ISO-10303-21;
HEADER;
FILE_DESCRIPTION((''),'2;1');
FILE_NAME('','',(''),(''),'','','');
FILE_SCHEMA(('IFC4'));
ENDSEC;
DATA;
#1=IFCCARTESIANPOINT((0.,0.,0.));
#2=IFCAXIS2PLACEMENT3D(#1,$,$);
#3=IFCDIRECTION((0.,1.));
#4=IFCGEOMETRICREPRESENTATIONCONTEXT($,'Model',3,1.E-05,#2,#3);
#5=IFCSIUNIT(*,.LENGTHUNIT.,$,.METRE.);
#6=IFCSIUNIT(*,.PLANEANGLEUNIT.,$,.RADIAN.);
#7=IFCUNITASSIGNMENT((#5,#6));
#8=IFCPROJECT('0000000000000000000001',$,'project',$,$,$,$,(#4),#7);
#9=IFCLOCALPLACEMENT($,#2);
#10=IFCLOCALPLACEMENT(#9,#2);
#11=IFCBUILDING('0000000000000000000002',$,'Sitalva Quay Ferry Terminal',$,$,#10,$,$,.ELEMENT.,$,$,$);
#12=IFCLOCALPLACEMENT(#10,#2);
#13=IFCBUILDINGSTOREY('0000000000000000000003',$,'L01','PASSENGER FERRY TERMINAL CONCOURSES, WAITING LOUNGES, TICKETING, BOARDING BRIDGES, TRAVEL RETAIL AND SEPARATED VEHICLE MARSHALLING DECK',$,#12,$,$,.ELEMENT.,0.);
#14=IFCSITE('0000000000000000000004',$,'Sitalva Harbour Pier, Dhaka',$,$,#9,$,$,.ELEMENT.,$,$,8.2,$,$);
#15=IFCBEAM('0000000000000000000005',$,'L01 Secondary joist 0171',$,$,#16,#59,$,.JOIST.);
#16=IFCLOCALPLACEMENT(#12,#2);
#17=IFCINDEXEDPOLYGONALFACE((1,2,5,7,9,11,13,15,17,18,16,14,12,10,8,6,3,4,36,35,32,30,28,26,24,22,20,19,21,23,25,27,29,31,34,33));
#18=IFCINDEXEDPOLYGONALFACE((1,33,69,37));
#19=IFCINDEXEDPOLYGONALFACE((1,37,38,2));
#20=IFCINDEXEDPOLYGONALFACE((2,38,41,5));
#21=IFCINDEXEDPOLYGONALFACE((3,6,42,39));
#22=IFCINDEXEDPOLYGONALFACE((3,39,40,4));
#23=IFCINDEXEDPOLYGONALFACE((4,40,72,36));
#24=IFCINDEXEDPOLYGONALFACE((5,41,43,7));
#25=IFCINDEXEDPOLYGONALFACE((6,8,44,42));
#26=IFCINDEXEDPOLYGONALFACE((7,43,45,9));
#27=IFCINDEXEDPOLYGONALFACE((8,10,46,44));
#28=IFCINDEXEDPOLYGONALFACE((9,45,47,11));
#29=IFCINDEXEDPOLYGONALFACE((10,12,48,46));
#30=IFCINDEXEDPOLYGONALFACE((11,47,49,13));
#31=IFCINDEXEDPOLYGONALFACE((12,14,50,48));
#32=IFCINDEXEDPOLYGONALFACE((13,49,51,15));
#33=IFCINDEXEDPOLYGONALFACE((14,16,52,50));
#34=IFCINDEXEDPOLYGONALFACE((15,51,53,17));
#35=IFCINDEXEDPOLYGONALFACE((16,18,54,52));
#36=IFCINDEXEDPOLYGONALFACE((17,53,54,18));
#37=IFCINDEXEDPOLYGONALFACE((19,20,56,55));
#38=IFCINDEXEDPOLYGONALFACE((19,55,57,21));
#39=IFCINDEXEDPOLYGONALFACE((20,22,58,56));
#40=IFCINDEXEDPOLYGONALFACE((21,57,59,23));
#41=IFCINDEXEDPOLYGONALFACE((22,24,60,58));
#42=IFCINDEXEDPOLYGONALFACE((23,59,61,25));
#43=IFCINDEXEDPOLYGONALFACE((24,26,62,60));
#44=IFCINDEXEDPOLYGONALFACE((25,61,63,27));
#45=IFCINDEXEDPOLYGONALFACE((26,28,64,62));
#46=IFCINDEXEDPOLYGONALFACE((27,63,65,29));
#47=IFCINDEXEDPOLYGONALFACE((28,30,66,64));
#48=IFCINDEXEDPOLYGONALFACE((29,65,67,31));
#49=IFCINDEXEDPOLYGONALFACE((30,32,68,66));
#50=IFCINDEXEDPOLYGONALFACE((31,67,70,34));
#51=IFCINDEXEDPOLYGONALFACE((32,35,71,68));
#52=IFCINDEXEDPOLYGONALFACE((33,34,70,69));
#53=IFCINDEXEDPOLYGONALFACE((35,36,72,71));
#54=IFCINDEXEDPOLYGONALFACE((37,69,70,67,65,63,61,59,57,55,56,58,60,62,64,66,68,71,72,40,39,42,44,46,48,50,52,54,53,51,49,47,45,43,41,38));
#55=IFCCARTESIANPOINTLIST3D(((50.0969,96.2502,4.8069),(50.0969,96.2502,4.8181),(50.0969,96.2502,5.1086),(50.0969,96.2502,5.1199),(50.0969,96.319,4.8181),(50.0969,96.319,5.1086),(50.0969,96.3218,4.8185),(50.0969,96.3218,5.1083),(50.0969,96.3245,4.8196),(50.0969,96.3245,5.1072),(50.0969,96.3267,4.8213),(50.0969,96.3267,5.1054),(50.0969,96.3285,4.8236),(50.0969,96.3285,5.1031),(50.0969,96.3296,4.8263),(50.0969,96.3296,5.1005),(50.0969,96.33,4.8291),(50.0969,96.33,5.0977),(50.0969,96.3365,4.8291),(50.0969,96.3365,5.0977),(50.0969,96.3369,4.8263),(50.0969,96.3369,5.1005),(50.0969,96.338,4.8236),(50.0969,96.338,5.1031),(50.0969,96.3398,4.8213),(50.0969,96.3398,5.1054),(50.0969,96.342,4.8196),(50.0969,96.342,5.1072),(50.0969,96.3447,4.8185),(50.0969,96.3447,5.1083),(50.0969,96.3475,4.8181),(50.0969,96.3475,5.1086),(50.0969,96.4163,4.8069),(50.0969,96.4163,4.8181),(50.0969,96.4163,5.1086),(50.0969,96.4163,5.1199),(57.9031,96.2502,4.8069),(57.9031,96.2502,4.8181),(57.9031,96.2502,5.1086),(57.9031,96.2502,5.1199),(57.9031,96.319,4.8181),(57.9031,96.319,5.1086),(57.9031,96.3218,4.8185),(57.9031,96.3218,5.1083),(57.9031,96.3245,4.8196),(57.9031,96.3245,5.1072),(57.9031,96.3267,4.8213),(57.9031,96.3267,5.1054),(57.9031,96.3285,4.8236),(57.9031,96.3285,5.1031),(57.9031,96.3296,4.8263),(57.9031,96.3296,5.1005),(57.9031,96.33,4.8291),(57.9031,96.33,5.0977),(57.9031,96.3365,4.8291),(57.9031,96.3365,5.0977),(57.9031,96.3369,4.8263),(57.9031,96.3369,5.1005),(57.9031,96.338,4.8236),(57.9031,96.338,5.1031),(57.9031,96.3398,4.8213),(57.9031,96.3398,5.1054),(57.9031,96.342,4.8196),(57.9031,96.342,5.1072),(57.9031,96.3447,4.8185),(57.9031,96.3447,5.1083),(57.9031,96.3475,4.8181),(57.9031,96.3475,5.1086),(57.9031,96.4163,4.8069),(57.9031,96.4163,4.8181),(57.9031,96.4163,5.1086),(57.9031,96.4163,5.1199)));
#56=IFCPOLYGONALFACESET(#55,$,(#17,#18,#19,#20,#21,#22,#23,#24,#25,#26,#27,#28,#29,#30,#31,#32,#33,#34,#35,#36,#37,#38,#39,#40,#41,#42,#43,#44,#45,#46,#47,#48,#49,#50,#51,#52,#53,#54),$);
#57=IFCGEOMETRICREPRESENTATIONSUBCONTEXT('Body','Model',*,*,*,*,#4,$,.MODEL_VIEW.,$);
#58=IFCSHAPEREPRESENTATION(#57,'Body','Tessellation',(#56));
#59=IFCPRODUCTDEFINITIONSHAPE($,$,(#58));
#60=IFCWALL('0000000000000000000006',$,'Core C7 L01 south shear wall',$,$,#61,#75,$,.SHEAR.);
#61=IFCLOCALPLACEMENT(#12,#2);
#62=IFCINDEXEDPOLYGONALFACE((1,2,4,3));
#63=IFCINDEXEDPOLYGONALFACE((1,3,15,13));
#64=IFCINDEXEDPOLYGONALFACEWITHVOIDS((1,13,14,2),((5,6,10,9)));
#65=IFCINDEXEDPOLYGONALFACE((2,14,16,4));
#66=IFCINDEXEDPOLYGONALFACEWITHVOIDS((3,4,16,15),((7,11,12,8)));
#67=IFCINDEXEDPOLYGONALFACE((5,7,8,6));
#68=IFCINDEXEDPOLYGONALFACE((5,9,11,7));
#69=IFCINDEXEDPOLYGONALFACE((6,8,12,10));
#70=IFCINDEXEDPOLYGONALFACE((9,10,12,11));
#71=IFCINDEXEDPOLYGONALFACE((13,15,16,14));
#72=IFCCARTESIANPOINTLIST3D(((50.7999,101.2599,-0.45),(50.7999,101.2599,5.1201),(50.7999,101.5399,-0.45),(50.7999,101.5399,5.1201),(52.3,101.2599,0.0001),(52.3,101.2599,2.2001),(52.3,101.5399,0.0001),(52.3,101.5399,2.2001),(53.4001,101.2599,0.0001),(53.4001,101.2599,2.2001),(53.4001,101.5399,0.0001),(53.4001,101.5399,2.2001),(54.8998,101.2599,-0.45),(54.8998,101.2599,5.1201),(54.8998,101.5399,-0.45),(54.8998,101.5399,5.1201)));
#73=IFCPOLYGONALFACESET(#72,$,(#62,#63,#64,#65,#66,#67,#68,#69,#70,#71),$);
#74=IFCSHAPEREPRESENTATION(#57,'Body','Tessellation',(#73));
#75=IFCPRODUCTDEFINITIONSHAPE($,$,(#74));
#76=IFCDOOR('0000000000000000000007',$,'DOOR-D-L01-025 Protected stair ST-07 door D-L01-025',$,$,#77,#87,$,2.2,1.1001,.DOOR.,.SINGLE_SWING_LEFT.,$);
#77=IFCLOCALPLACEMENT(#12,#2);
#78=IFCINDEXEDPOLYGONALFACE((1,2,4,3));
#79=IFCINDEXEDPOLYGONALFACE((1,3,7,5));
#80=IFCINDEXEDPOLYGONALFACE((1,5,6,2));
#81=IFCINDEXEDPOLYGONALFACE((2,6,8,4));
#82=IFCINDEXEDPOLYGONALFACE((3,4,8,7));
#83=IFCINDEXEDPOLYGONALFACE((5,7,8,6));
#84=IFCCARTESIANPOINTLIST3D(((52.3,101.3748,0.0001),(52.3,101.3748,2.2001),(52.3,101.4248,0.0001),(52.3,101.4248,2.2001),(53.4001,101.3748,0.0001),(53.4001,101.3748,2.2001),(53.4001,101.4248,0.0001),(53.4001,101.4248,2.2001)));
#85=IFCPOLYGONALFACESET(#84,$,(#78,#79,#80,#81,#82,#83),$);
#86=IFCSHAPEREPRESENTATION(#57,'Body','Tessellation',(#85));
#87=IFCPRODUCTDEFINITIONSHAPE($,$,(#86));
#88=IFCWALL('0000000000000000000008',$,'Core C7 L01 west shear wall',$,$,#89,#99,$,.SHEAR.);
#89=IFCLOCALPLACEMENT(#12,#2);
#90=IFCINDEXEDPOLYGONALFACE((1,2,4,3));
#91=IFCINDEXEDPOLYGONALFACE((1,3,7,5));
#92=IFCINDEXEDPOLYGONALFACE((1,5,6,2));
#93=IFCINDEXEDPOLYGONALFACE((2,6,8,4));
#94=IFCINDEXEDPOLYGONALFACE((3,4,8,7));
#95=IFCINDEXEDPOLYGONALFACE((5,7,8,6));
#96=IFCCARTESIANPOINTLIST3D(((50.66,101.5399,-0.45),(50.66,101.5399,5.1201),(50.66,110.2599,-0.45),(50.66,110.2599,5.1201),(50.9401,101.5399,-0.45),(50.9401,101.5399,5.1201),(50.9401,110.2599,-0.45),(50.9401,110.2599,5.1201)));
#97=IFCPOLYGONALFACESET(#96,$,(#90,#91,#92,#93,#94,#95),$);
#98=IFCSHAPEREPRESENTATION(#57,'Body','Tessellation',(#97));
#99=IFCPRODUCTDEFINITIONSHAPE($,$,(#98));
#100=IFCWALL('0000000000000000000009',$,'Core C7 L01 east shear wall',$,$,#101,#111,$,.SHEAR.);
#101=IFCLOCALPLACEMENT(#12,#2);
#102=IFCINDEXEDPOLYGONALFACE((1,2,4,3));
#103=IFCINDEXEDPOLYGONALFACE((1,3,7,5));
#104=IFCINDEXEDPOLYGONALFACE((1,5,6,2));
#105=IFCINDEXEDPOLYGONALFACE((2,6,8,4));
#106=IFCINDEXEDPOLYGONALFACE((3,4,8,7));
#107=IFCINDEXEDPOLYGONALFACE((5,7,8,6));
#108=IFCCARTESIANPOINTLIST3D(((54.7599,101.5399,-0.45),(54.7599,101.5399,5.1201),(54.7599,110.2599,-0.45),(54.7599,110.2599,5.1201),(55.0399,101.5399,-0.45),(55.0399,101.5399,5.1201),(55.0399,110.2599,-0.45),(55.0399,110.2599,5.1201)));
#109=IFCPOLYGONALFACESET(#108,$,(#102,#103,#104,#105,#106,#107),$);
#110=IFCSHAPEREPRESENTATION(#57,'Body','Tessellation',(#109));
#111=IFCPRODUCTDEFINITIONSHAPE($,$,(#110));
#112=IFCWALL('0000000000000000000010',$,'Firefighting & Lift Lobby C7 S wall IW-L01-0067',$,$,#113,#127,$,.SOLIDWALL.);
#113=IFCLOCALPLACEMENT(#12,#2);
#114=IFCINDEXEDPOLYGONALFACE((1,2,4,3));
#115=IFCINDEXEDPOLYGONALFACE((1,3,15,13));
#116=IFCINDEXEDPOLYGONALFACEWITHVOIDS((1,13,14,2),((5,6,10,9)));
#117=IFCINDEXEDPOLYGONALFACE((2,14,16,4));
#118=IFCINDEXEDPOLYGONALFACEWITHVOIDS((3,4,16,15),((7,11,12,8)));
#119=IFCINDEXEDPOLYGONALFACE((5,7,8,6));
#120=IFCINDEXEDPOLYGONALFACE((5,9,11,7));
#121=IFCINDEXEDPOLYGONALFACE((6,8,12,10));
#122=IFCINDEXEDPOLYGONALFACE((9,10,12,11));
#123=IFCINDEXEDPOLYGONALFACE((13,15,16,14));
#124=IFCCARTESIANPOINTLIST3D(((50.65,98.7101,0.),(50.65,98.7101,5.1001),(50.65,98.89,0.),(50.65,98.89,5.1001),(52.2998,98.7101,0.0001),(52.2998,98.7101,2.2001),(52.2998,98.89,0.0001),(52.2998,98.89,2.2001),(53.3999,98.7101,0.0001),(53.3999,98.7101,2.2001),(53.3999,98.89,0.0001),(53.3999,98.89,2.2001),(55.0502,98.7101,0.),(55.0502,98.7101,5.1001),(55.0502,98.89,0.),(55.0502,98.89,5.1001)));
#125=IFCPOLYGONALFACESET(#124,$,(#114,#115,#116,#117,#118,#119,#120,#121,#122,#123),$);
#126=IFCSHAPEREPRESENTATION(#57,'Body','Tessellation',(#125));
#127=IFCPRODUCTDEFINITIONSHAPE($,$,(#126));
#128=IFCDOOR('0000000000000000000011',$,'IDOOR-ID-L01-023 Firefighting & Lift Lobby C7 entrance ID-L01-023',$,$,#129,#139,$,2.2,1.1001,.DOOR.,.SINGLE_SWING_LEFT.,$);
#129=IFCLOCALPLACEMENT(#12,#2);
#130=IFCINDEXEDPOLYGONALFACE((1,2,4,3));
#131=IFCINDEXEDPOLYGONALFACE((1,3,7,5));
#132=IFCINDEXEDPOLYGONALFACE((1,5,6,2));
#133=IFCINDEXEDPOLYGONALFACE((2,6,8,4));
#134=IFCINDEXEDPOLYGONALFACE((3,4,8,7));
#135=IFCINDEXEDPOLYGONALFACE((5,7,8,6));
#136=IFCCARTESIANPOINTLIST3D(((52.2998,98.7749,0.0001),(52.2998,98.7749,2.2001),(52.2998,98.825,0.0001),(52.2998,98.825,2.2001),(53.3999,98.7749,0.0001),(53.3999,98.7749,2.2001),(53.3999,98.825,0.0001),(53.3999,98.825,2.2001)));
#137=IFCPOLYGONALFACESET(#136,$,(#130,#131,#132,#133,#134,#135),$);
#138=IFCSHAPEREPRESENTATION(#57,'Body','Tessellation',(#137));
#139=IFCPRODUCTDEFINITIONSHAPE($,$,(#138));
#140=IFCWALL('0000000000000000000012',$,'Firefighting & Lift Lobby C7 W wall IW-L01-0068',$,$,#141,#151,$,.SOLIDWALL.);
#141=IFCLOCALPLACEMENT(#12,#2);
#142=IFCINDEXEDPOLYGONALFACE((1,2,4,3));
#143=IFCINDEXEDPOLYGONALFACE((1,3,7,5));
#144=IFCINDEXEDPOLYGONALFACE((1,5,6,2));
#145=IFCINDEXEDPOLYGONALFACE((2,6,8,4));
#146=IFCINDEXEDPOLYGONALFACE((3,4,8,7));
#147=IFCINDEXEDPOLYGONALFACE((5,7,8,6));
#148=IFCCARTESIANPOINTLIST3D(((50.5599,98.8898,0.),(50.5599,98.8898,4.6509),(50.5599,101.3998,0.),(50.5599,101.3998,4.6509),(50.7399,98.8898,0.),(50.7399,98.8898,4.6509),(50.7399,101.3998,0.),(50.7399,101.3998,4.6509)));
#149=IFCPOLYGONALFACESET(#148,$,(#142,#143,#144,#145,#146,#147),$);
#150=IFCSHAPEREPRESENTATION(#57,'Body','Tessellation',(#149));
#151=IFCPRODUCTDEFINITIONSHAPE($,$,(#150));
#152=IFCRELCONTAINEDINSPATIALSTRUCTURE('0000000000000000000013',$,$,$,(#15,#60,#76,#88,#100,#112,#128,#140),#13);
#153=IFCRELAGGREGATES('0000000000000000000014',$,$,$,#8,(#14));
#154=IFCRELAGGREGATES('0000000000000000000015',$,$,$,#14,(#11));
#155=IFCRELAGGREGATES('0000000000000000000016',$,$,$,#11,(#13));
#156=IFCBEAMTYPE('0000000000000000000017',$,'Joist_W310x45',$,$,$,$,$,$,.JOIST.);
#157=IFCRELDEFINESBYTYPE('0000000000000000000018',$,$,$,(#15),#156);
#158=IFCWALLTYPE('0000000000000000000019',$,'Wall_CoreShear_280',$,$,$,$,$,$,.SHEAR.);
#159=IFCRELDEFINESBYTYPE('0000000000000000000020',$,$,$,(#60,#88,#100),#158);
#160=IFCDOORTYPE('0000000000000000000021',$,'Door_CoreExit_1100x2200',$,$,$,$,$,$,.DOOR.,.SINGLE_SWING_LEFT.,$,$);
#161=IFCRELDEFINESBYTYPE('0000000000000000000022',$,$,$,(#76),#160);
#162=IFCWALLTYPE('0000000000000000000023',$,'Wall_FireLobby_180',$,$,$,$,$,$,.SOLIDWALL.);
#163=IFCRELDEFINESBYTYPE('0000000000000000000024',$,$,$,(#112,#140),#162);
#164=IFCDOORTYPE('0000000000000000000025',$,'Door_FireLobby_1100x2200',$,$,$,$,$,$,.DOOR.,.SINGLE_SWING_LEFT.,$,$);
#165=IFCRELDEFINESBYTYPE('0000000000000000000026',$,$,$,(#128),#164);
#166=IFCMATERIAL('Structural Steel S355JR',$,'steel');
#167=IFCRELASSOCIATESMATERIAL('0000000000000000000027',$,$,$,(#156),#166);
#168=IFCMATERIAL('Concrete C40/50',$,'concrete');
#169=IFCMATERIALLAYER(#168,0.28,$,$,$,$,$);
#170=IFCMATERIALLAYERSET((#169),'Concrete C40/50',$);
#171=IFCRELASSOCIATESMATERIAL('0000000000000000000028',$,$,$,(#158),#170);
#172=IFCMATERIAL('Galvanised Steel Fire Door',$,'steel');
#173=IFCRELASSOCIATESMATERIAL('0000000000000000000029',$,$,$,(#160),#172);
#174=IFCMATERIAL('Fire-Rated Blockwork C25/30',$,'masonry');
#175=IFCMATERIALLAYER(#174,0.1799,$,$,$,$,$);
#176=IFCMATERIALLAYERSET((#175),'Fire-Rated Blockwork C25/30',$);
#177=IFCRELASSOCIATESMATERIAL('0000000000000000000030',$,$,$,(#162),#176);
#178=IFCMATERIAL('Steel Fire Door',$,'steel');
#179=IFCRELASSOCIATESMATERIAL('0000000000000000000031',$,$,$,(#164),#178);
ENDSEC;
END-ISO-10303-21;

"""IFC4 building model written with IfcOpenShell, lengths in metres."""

from ifc_helpers import new_model, si_unit, direction, frame, frame_2d, origin, origin_2d, place, context, subcontext, project, spatial, rectangle, i_section, extrude, material, layer, layer_set, material_profile, profile_set, type_object, element, fill, save


model = new_model("IFC4")

# Units and contexts
model_context = context("Model", 3, precision=1e-05, world=origin(), true_north=direction((0.0, 1.0)))
body_context = subcontext(model_context, "Body", "Model", "MODEL_VIEW")
ifc_project = project(units=[si_unit("LENGTHUNIT", "METRE"), si_unit("PLANEANGLEUNIT", "RADIAN")], contexts=[model_context])

# Site, building, storey
site_placement = place(None, origin())
site = spatial("IfcSite", under=ifc_project, at=site_placement, Name="Sitalva Harbour Pier, Dhaka", CompositionType="ELEMENT", RefElevation=8.2)
building_placement = place(site_placement, origin())
building = spatial("IfcBuilding", under=site, at=building_placement, Name="Sitalva Quay Ferry Terminal", CompositionType="ELEMENT")
storey_placement = place(building_placement, origin())
storey = spatial("IfcBuildingStorey", under=building, at=storey_placement, Name="L01", Description="PASSENGER FERRY TERMINAL CONCOURSES, WAITING LOUNGES, TICKETING, BOARDING BRIDGES, TRAVEL RETAIL AND SEPARATED VEHICLE MARSHALLING DECK", CompositionType="ELEMENT", Elevation=0.0)

# Beam
ifc_material_1 = material(Name="Structural Steel S355JR", Category="steel")
ifc_material_profile_1 = material_profile(ifc_material_1, i_section(OverallWidth=0.166, OverallDepth=0.313, WebThickness=0.0066, FlangeThickness=0.0112, FilletRadius=0.011, at=origin_2d()), Name="W310x45")
ifc_profile_set_1 = profile_set([ifc_material_profile_1], Name="Structural Steel S355JR")
beam_type_1 = type_object("IfcBeamType", Name="Joist_W310x45", PredefinedType="JOIST", material=ifc_profile_set_1)
for number, where, z_axis, x_axis, name in (
    (1, (50.0969, 96.3333, 4.9634), (1.0, 0.0, 0.0), (0.0, 1.0, 0.0), "L01 Secondary joist 0171"),
):
    element("IfcBeam", number, at=place(storey_placement, frame(where, z_axis=z_axis, x_axis=x_axis)), inside=storey, type_object=beam_type_1, Name=name, PredefinedType="JOIST", context=body_context, shape_type="SweptSolid", body=[
        extrude(i_section(OverallWidth=0.166, OverallDepth=0.313, WebThickness=0.0066, FlangeThickness=0.0112, FilletRadius=0.011, at=origin_2d()), origin(), (0.0, 0.0, 1.0), 7.8062),
    ])

# Wall, opening, door
ifc_material_2 = material(Name="Concrete C40/50", Category="concrete")
ifc_layer_1 = layer(ifc_material_2, 0.28)
ifc_layer_set_1 = layer_set([ifc_layer_1], Name="Concrete C40/50")
wall_type_1 = type_object("IfcWallType", Name="Wall_CoreShear_280", PredefinedType="SHEAR", material=ifc_layer_set_1)
wall_1_placement = place(storey_placement, frame((50.8, 101.3999, -0.45), z_axis=(0.0, 0.0, 1.0), x_axis=(1.0, 0.0, 0.0)))
wall_1 = element("IfcWall", 2, at=wall_1_placement, inside=storey, type_object=wall_type_1, Name="Core C7 L01 south shear wall", PredefinedType="SHEAR", context=body_context, shape_type="SweptSolid", body=[
    extrude(rectangle(XDim=4.0999, YDim=0.28, at=frame_2d((2.0498, 0.0))), origin(), (0.0, 0.0, 1.0), 5.5701),
])
opening_1_placement = place(wall_1_placement, frame((1.5, 0.0, 0.45)))
opening_1 = element("IfcOpeningElement", 3, at=opening_1_placement, cuts=wall_1, PredefinedType="OPENING", context=body_context, shape_type="SweptSolid", body=[
    extrude(rectangle(XDim=1.1001, YDim=2.2, at=frame_2d((0.55, 1.1001))), frame((0.0, 0.1499, 0.0), z_axis=(0.0, -1.0, 0.0), x_axis=(1.0, 0.0, 0.0)), (0.0, 0.0, 1.0), 0.3),
])
ifc_material_3 = material(Name="Galvanised Steel Fire Door", Category="steel")
door_type_1 = type_object("IfcDoorType", Name="Door_CoreExit_1100x2200", OperationType="SINGLE_SWING_LEFT", PredefinedType="DOOR", material=ifc_material_3)
door_1_placement = place(opening_1_placement, origin())
door_1 = element("IfcDoor", 4, at=door_1_placement, inside=storey, type_object=door_type_1, Name="DOOR-D-L01-025 Protected stair ST-07 door D-L01-025", OperationType="SINGLE_SWING_LEFT", OverallHeight=2.2, OverallWidth=1.1001, PredefinedType="DOOR", context=body_context, shape_type="SweptSolid", body=[
    extrude(rectangle(XDim=1.1001, YDim=2.2, at=frame_2d((0.55, 1.1001))), frame((0.0, 0.0249, 0.0), z_axis=(0.0, -1.0, 0.0), x_axis=(1.0, 0.0, 0.0)), (0.0, 0.0, 1.0), 0.05),
])
fill(opening_1, door_1)

# Walls
for number, where, z_axis, x_axis, name in (
    (5, (50.8, 101.54, -0.45), (0.0, 0.0, 1.0), (0.0, 1.0, 0.0), "Core C7 L01 west shear wall"),
    (6, (54.8999, 101.54, -0.45), (0.0, 0.0, 1.0), (0.0, 1.0, 0.0), "Core C7 L01 east shear wall"),
):
    element("IfcWall", number, at=place(storey_placement, frame(where, z_axis=z_axis, x_axis=x_axis)), inside=storey, type_object=wall_type_1, Name=name, PredefinedType="SHEAR", context=body_context, shape_type="SweptSolid", body=[
        extrude(rectangle(XDim=8.72, YDim=0.28, at=frame_2d((4.3599, 0.0))), origin(), (0.0, 0.0, 1.0), 5.5701),
    ])

# Wall, opening, door
ifc_material_4 = material(Name="Fire-Rated Blockwork C25/30", Category="masonry")
ifc_layer_2 = layer(ifc_material_4, 0.1799)
ifc_layer_set_2 = layer_set([ifc_layer_2], Name="Fire-Rated Blockwork C25/30")
wall_type_2 = type_object("IfcWallType", Name="Wall_FireLobby_180", PredefinedType="SOLIDWALL", material=ifc_layer_set_2)
wall_2_placement = place(storey_placement, frame((50.6499, 98.8, 0.0), z_axis=(0.0, 0.0, 1.0), x_axis=(1.0, 0.0, 0.0)))
wall_2 = element("IfcWall", 7, at=wall_2_placement, inside=storey, type_object=wall_type_2, Name="Firefighting & Lift Lobby C7 S wall IW-L01-0067", PredefinedType="SOLIDWALL", context=body_context, shape_type="SweptSolid", body=[
    extrude(rectangle(XDim=4.4001, YDim=0.1799, at=frame_2d((2.2002, 0.0))), origin(), (0.0, 0.0, 1.0), 5.1001),
])
opening_2_placement = place(wall_2_placement, frame((1.6499, 0.0, 0.0)))
opening_2 = element("IfcOpeningElement", 8, at=opening_2_placement, cuts=wall_2, PredefinedType="OPENING", context=body_context, shape_type="SweptSolid", body=[
    extrude(rectangle(XDim=1.1001, YDim=2.2, at=frame_2d((0.55, 1.1001))), frame((0.0, 0.0999, 0.0), z_axis=(0.0, -1.0, 0.0), x_axis=(1.0, 0.0, 0.0)), (0.0, 0.0, 1.0), 0.2),
])
ifc_material_5 = material(Name="Steel Fire Door", Category="steel")
door_type_2 = type_object("IfcDoorType", Name="Door_FireLobby_1100x2200", OperationType="SINGLE_SWING_LEFT", PredefinedType="DOOR", material=ifc_material_5)
door_2_placement = place(opening_2_placement, origin())
door_2 = element("IfcDoor", 9, at=door_2_placement, inside=storey, type_object=door_type_2, Name="IDOOR-ID-L01-023 Firefighting & Lift Lobby C7 entrance ID-L01-023", OperationType="SINGLE_SWING_LEFT", OverallHeight=2.2, OverallWidth=1.1001, PredefinedType="DOOR", context=body_context, shape_type="SweptSolid", body=[
    extrude(rectangle(XDim=1.1001, YDim=2.2, at=frame_2d((0.55, 1.1001))), frame((0.0, 0.0249, 0.0), z_axis=(0.0, -1.0, 0.0), x_axis=(1.0, 0.0, 0.0)), (0.0, 0.0, 1.0), 0.05),
])
fill(opening_2, door_2)

# Wall
wall_3_placement = place(storey_placement, frame((50.6499, 98.8899, 0.0), z_axis=(0.0, 0.0, 1.0), x_axis=(0.0, 1.0, 0.0)))
element("IfcWall", 10, at=wall_3_placement, inside=storey, type_object=wall_type_2, Name="Firefighting & Lift Lobby C7 W wall IW-L01-0068", PredefinedType="SOLIDWALL", context=body_context, shape_type="SweptSolid", body=[
    extrude(rectangle(XDim=2.51, YDim=0.1799, at=frame_2d((1.2549, 0.0))), origin(), (0.0, 0.0, 1.0), 4.6509),
])

save(model, "model.ifc")
